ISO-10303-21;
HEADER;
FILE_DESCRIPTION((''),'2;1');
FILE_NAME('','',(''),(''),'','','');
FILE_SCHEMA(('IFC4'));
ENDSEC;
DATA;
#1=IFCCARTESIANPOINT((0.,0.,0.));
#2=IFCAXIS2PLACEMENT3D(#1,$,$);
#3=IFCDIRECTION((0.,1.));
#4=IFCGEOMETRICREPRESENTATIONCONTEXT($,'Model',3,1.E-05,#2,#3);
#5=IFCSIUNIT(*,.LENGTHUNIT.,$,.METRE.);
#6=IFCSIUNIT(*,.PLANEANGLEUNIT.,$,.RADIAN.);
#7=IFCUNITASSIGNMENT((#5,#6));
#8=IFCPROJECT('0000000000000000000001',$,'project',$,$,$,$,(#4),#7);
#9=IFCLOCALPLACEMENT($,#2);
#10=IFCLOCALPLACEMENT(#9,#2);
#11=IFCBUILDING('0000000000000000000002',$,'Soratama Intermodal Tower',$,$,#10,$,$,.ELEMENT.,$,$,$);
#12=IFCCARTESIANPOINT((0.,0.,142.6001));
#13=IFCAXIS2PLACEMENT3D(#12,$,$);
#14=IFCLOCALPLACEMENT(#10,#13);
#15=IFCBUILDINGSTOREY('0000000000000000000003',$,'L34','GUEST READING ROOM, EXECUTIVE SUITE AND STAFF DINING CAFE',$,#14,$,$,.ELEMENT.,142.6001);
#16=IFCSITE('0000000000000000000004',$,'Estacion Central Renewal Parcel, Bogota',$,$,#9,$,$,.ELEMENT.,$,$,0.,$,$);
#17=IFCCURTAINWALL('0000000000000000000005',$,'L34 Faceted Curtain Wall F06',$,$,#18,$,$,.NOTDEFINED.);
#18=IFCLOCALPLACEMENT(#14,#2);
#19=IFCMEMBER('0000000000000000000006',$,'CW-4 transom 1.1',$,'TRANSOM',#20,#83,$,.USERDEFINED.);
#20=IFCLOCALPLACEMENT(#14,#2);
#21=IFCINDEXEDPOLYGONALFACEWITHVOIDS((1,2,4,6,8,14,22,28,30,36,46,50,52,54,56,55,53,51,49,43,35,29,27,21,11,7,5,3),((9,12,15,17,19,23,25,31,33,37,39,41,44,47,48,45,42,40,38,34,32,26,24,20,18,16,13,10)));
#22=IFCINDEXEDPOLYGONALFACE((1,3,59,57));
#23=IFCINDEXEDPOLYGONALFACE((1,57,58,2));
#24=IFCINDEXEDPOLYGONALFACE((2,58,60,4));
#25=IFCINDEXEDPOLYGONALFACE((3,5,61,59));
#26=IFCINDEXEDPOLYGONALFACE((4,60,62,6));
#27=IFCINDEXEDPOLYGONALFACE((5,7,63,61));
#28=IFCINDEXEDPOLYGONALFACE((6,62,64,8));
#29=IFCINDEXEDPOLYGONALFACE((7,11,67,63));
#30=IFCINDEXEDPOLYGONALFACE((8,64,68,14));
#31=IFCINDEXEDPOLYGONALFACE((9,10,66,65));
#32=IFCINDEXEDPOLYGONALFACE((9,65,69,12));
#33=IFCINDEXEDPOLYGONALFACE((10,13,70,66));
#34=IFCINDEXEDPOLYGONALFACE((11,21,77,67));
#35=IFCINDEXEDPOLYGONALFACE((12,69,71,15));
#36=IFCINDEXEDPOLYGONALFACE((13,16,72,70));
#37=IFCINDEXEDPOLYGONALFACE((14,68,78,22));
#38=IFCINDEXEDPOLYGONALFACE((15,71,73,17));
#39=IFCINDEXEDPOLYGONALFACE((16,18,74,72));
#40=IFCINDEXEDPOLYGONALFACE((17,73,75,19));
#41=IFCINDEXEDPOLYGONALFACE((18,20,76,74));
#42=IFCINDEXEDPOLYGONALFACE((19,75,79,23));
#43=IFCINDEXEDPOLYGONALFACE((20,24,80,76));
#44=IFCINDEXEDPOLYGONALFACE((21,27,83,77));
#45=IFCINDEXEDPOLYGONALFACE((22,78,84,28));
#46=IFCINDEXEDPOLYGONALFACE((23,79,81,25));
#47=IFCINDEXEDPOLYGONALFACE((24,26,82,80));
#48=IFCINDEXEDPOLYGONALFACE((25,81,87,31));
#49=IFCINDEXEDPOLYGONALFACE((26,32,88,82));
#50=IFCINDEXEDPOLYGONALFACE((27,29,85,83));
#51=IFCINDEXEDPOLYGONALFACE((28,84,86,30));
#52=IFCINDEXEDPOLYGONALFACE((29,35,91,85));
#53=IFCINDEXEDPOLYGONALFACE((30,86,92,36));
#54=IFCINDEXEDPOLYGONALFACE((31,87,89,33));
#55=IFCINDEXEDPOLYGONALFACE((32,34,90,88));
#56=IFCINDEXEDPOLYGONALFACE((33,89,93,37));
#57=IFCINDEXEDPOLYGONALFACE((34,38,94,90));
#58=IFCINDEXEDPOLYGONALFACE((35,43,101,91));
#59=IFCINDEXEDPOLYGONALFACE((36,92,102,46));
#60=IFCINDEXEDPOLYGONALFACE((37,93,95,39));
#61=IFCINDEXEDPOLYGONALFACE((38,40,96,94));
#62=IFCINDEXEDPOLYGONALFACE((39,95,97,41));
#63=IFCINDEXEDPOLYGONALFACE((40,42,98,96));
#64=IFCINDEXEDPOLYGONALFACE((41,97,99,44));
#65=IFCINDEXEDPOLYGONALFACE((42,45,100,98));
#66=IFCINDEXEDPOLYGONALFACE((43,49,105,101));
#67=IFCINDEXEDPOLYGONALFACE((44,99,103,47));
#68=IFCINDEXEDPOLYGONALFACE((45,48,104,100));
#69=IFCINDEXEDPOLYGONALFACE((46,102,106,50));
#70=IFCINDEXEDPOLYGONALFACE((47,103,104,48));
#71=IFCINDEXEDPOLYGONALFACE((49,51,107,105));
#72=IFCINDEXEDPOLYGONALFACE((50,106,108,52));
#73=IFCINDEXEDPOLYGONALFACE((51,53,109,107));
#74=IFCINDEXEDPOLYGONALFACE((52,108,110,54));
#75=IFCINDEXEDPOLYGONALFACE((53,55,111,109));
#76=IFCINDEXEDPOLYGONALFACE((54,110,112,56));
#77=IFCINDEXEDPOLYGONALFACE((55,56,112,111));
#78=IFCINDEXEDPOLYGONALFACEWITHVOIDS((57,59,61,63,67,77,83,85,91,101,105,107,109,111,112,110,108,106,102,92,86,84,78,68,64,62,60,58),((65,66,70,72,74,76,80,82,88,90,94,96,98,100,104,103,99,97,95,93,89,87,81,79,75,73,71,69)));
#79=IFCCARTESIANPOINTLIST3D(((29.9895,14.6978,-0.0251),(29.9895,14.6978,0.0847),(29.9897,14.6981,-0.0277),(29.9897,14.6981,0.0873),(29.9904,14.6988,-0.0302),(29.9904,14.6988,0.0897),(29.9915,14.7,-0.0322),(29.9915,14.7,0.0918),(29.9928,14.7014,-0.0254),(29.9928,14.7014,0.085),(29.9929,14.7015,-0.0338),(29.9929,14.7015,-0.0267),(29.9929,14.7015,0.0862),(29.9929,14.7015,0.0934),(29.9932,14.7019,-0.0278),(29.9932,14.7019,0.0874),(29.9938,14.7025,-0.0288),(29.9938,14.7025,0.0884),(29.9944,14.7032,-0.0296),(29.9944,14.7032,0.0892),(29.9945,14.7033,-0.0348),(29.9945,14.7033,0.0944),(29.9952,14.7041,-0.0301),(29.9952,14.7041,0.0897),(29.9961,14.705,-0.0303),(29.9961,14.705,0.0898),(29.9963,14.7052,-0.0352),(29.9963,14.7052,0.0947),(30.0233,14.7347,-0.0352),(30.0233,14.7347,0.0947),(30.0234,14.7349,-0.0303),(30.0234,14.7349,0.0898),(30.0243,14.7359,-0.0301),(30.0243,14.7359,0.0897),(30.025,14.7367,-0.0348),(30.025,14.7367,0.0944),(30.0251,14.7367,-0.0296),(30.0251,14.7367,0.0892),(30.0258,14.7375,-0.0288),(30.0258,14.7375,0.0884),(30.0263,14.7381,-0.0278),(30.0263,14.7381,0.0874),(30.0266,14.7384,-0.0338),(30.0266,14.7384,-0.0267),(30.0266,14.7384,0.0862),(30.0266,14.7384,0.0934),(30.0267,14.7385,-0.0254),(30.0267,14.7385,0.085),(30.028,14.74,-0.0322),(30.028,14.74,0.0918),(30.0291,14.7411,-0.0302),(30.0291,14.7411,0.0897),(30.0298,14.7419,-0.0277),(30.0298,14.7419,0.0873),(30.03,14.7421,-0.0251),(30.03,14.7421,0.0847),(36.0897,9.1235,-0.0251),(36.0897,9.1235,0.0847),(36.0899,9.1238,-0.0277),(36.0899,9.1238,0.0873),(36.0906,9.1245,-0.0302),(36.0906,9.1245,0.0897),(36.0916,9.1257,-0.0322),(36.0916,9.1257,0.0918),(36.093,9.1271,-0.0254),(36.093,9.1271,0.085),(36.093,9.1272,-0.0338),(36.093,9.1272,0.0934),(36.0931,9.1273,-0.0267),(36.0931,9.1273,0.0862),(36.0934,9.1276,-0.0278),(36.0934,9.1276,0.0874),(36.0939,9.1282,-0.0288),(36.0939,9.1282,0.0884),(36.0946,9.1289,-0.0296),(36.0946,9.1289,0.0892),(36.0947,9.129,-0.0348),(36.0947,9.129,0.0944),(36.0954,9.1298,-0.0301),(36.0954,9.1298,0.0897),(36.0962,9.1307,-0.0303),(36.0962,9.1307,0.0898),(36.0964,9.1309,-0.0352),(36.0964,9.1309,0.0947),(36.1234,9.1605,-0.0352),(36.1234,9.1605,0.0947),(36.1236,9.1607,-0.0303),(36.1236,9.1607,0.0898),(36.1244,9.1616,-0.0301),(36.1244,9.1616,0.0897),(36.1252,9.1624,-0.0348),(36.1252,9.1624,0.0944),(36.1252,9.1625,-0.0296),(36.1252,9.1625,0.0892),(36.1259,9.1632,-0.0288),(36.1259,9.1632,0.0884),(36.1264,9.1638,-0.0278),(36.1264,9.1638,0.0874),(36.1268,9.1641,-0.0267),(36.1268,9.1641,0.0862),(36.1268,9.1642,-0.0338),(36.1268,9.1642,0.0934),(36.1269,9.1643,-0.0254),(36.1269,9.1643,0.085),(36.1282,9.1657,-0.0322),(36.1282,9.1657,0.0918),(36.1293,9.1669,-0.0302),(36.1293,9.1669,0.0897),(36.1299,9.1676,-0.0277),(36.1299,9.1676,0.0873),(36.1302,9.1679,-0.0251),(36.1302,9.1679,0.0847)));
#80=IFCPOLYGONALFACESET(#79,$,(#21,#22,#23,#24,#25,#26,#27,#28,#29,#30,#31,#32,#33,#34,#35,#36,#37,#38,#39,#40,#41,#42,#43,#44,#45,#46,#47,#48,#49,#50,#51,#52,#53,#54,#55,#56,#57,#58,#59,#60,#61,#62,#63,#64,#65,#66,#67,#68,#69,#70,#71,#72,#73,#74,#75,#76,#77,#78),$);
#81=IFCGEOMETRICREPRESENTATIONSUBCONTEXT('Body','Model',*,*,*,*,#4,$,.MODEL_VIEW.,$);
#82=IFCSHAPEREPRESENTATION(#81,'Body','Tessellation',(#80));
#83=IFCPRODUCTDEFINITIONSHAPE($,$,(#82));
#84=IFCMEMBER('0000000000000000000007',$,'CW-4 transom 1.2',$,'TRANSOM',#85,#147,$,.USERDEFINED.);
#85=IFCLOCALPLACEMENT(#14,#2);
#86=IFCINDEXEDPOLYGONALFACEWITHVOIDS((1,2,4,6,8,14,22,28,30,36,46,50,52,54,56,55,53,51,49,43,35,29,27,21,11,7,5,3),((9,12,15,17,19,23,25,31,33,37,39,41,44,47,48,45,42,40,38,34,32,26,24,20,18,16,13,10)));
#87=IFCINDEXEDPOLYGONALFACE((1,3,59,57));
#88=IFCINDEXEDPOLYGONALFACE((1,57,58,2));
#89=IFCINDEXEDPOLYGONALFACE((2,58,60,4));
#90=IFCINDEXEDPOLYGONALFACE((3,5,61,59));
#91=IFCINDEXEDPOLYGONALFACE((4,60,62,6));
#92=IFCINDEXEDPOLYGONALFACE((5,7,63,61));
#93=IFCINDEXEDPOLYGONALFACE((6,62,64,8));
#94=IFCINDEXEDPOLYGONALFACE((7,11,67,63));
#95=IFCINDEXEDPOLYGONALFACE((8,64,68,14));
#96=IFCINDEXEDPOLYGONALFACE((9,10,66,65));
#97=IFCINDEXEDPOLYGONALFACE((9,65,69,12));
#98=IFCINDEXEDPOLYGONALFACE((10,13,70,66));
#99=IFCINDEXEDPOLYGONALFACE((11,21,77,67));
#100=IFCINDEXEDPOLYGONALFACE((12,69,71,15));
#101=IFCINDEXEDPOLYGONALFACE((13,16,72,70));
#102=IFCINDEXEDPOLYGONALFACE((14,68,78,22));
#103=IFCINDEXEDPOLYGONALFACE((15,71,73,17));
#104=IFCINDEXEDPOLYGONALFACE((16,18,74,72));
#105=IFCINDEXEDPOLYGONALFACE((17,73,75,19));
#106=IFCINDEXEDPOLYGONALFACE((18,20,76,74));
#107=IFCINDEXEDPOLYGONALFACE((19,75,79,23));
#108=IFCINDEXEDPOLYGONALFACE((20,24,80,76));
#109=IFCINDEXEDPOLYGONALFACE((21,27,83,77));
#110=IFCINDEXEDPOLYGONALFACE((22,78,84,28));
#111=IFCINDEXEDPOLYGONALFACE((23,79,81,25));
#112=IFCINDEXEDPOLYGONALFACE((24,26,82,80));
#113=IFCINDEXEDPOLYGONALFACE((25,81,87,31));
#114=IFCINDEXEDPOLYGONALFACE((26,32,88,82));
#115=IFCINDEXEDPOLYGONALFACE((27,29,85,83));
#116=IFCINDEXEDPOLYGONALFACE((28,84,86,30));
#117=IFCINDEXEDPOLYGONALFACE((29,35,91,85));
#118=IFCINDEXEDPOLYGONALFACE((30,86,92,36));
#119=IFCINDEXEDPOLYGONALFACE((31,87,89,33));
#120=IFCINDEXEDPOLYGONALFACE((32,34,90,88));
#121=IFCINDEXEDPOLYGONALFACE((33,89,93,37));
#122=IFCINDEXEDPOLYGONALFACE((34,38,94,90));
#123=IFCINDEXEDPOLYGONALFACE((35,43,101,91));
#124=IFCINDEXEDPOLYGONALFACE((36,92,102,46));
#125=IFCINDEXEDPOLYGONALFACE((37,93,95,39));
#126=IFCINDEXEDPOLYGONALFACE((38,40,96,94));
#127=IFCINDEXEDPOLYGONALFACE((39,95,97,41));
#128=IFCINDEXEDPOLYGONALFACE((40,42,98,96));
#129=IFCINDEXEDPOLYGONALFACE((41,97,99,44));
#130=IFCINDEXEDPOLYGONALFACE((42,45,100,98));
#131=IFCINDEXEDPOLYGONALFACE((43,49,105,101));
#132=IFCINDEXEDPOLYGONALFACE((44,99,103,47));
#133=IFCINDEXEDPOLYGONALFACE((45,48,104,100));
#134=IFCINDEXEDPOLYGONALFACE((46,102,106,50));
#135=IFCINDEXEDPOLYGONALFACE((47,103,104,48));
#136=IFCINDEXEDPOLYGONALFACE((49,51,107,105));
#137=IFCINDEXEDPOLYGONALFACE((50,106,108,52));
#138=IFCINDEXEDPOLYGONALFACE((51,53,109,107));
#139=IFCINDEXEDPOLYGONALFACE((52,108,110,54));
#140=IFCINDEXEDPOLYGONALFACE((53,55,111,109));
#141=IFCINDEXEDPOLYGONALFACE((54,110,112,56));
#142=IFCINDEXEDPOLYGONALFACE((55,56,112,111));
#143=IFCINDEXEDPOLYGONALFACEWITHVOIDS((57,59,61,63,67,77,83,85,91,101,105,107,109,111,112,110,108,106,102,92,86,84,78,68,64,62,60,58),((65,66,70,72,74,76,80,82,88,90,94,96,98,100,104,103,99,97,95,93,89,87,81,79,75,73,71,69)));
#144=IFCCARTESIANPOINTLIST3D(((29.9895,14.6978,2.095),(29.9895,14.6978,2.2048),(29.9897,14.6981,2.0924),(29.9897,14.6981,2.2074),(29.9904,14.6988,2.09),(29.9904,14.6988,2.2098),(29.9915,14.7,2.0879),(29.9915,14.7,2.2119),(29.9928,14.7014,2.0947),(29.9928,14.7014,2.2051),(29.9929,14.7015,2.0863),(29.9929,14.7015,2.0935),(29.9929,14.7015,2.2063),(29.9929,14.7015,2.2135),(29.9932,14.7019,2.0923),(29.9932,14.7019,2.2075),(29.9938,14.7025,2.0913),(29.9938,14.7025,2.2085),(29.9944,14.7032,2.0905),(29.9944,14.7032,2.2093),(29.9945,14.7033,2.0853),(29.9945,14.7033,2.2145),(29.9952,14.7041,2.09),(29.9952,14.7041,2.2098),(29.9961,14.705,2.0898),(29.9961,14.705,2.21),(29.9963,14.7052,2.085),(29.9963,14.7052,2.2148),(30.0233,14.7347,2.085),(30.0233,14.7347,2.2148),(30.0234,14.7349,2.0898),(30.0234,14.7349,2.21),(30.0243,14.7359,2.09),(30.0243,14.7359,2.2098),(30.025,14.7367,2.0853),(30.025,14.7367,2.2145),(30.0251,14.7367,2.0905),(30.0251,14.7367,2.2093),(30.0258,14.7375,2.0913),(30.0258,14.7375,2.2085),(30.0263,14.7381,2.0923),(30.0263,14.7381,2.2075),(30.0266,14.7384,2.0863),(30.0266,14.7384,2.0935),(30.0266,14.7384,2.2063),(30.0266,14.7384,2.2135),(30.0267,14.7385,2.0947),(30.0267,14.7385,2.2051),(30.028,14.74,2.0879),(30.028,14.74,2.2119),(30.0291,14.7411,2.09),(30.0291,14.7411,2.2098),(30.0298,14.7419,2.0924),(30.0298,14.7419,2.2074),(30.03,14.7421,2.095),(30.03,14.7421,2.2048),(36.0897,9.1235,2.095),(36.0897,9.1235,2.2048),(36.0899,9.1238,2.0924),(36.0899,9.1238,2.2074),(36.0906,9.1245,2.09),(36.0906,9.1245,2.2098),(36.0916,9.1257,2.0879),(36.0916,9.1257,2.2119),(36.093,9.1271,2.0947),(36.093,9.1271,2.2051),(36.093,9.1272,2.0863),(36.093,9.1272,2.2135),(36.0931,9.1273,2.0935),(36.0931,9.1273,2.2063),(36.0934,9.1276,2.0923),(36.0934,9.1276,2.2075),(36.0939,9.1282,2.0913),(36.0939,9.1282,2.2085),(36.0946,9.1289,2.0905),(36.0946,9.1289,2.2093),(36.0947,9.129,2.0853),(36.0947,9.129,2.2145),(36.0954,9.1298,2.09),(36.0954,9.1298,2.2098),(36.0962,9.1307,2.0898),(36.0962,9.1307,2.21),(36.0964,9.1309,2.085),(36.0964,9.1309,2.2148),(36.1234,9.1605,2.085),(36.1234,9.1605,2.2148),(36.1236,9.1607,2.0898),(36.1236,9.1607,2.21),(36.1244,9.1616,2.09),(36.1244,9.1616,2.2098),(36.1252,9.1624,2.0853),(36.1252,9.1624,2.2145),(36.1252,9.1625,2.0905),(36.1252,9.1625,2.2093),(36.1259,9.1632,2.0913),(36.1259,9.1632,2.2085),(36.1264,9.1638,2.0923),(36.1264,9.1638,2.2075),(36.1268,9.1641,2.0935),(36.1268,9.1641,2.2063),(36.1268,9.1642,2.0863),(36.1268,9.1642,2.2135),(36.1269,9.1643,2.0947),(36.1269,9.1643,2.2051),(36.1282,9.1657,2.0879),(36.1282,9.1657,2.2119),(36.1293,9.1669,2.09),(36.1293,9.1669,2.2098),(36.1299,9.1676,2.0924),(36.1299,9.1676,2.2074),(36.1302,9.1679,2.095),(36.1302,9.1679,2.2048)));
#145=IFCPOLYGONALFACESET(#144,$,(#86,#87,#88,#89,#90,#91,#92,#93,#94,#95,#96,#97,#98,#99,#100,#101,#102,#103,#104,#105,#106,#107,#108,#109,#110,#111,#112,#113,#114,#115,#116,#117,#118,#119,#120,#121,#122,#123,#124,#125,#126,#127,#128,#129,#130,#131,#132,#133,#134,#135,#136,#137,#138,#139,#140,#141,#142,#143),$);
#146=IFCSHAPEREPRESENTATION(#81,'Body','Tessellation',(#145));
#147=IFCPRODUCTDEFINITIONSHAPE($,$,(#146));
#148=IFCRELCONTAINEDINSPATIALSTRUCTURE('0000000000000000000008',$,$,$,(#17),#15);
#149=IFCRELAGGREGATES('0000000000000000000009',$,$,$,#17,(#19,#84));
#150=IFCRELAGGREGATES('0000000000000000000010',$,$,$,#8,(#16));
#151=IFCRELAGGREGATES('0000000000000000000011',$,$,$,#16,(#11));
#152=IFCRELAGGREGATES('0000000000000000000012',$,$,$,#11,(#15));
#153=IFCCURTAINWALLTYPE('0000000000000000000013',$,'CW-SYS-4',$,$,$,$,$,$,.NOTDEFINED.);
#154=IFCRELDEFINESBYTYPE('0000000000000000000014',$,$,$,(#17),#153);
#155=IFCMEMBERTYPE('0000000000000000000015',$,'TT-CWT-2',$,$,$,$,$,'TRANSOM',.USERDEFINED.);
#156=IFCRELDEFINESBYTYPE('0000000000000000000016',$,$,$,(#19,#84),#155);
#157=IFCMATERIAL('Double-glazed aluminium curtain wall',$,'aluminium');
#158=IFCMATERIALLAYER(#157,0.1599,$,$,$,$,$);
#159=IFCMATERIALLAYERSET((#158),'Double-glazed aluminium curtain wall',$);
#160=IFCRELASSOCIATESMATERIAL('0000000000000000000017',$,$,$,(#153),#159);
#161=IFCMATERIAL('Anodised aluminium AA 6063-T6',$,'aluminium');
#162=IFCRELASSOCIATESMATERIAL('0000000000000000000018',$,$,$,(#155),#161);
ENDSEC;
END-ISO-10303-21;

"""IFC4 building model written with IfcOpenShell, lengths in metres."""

from ifc_helpers import new_model, si_unit, direction, frame, origin, origin_2d, place, context, subcontext, project, spatial, hollow_rectangle, extrude, material, layer, layer_set, material_profile, profile_set, type_object, element, aggregate, save


model = new_model("IFC4")

# Units and contexts
model_context = context("Model", 3, precision=1e-05, world=origin(), true_north=direction((0.0, 1.0)))
body_context = subcontext(model_context, "Body", "Model", "MODEL_VIEW")
ifc_project = project(units=[si_unit("LENGTHUNIT", "METRE"), si_unit("PLANEANGLEUNIT", "RADIAN")], contexts=[model_context])

# Site, building, storey
site_placement = place(None, origin())
site = spatial("IfcSite", under=ifc_project, at=site_placement, Name="Estacion Central Renewal Parcel, Bogota", CompositionType="ELEMENT", RefElevation=0.0)
building_placement = place(site_placement, origin())
building = spatial("IfcBuilding", under=site, at=building_placement, Name="Soratama Intermodal Tower", CompositionType="ELEMENT")
storey_placement = place(building_placement, frame((0.0, 0.0, 142.6001)))
storey = spatial("IfcBuildingStorey", under=building, at=storey_placement, Name="L34", Description="GUEST READING ROOM, EXECUTIVE SUITE AND STAFF DINING CAFE", CompositionType="ELEMENT", Elevation=142.6001)

# Curtain wall, members
ifc_material_1 = material(Name="Double-glazed aluminium curtain wall", Category="aluminium")
ifc_layer_1 = layer(ifc_material_1, 0.1599)
ifc_layer_set_1 = layer_set([ifc_layer_1], Name="Double-glazed aluminium curtain wall")
curtain_wall_type = type_object("IfcCurtainWallType", Name="CW-SYS-4", PredefinedType="NOTDEFINED", material=ifc_layer_set_1)
curtain_wall_placement = place(storey_placement, origin())
curtain_wall = element("IfcCurtainWall", 1, at=curtain_wall_placement, inside=storey, type_object=curtain_wall_type, Name="L34 Faceted Curtain Wall F06", PredefinedType="NOTDEFINED")
ifc_material_2 = material(Name="Anodised aluminium AA 6063-T6", Category="aluminium")
ifc_material_profile_1 = material_profile(ifc_material_2, hollow_rectangle(XDim=0.0601, YDim=0.1299, WallThickness=0.0049, InnerFilletRadius=0.0049, OuterFilletRadius=0.01, at=origin_2d()), Name="CWT130X60X5")
ifc_profile_set_1 = profile_set([ifc_material_profile_1], Name="Anodised aluminium AA 6063-T6")
member_type = type_object("IfcMemberType", Name="TT-CWT-2", ElementType="TRANSOM", PredefinedType="USERDEFINED", material=ifc_profile_set_1)
member_1_placement = place(storey_placement, frame((30.0098, 14.72, 0.0298), z_axis=(0.73821, -0.674571, 0.0), x_axis=(0.674571, 0.73821, 0.0)))
member_1 = element("IfcMember", 2, at=member_1_placement, type_object=member_type, Name="CW-4 transom 1.1", ObjectType="TRANSOM", PredefinedType="USERDEFINED", context=body_context, shape_type="SweptSolid", body=[
    extrude(hollow_rectangle(XDim=0.0601, YDim=0.1299, WallThickness=0.0049, InnerFilletRadius=0.0049, OuterFilletRadius=0.01, at=origin_2d()), origin(), (0.0, 0.0, 1.0), 8.2634),
])
member_2_placement = place(storey_placement, frame((30.0098, 14.72, 2.1499), z_axis=(0.73821, -0.674571, 0.0), x_axis=(0.674571, 0.73821, 0.0)))
member_2 = element("IfcMember", 3, at=member_2_placement, type_object=member_type, Name="CW-4 transom 1.2", ObjectType="TRANSOM", PredefinedType="USERDEFINED", context=body_context, shape_type="SweptSolid", body=[
    extrude(hollow_rectangle(XDim=0.0601, YDim=0.1299, WallThickness=0.0049, InnerFilletRadius=0.0049, OuterFilletRadius=0.01, at=origin_2d()), origin(), (0.0, 0.0, 1.0), 8.2634),
])
aggregate(curtain_wall, [member_1, member_2])

save(model, "model.ifc")
